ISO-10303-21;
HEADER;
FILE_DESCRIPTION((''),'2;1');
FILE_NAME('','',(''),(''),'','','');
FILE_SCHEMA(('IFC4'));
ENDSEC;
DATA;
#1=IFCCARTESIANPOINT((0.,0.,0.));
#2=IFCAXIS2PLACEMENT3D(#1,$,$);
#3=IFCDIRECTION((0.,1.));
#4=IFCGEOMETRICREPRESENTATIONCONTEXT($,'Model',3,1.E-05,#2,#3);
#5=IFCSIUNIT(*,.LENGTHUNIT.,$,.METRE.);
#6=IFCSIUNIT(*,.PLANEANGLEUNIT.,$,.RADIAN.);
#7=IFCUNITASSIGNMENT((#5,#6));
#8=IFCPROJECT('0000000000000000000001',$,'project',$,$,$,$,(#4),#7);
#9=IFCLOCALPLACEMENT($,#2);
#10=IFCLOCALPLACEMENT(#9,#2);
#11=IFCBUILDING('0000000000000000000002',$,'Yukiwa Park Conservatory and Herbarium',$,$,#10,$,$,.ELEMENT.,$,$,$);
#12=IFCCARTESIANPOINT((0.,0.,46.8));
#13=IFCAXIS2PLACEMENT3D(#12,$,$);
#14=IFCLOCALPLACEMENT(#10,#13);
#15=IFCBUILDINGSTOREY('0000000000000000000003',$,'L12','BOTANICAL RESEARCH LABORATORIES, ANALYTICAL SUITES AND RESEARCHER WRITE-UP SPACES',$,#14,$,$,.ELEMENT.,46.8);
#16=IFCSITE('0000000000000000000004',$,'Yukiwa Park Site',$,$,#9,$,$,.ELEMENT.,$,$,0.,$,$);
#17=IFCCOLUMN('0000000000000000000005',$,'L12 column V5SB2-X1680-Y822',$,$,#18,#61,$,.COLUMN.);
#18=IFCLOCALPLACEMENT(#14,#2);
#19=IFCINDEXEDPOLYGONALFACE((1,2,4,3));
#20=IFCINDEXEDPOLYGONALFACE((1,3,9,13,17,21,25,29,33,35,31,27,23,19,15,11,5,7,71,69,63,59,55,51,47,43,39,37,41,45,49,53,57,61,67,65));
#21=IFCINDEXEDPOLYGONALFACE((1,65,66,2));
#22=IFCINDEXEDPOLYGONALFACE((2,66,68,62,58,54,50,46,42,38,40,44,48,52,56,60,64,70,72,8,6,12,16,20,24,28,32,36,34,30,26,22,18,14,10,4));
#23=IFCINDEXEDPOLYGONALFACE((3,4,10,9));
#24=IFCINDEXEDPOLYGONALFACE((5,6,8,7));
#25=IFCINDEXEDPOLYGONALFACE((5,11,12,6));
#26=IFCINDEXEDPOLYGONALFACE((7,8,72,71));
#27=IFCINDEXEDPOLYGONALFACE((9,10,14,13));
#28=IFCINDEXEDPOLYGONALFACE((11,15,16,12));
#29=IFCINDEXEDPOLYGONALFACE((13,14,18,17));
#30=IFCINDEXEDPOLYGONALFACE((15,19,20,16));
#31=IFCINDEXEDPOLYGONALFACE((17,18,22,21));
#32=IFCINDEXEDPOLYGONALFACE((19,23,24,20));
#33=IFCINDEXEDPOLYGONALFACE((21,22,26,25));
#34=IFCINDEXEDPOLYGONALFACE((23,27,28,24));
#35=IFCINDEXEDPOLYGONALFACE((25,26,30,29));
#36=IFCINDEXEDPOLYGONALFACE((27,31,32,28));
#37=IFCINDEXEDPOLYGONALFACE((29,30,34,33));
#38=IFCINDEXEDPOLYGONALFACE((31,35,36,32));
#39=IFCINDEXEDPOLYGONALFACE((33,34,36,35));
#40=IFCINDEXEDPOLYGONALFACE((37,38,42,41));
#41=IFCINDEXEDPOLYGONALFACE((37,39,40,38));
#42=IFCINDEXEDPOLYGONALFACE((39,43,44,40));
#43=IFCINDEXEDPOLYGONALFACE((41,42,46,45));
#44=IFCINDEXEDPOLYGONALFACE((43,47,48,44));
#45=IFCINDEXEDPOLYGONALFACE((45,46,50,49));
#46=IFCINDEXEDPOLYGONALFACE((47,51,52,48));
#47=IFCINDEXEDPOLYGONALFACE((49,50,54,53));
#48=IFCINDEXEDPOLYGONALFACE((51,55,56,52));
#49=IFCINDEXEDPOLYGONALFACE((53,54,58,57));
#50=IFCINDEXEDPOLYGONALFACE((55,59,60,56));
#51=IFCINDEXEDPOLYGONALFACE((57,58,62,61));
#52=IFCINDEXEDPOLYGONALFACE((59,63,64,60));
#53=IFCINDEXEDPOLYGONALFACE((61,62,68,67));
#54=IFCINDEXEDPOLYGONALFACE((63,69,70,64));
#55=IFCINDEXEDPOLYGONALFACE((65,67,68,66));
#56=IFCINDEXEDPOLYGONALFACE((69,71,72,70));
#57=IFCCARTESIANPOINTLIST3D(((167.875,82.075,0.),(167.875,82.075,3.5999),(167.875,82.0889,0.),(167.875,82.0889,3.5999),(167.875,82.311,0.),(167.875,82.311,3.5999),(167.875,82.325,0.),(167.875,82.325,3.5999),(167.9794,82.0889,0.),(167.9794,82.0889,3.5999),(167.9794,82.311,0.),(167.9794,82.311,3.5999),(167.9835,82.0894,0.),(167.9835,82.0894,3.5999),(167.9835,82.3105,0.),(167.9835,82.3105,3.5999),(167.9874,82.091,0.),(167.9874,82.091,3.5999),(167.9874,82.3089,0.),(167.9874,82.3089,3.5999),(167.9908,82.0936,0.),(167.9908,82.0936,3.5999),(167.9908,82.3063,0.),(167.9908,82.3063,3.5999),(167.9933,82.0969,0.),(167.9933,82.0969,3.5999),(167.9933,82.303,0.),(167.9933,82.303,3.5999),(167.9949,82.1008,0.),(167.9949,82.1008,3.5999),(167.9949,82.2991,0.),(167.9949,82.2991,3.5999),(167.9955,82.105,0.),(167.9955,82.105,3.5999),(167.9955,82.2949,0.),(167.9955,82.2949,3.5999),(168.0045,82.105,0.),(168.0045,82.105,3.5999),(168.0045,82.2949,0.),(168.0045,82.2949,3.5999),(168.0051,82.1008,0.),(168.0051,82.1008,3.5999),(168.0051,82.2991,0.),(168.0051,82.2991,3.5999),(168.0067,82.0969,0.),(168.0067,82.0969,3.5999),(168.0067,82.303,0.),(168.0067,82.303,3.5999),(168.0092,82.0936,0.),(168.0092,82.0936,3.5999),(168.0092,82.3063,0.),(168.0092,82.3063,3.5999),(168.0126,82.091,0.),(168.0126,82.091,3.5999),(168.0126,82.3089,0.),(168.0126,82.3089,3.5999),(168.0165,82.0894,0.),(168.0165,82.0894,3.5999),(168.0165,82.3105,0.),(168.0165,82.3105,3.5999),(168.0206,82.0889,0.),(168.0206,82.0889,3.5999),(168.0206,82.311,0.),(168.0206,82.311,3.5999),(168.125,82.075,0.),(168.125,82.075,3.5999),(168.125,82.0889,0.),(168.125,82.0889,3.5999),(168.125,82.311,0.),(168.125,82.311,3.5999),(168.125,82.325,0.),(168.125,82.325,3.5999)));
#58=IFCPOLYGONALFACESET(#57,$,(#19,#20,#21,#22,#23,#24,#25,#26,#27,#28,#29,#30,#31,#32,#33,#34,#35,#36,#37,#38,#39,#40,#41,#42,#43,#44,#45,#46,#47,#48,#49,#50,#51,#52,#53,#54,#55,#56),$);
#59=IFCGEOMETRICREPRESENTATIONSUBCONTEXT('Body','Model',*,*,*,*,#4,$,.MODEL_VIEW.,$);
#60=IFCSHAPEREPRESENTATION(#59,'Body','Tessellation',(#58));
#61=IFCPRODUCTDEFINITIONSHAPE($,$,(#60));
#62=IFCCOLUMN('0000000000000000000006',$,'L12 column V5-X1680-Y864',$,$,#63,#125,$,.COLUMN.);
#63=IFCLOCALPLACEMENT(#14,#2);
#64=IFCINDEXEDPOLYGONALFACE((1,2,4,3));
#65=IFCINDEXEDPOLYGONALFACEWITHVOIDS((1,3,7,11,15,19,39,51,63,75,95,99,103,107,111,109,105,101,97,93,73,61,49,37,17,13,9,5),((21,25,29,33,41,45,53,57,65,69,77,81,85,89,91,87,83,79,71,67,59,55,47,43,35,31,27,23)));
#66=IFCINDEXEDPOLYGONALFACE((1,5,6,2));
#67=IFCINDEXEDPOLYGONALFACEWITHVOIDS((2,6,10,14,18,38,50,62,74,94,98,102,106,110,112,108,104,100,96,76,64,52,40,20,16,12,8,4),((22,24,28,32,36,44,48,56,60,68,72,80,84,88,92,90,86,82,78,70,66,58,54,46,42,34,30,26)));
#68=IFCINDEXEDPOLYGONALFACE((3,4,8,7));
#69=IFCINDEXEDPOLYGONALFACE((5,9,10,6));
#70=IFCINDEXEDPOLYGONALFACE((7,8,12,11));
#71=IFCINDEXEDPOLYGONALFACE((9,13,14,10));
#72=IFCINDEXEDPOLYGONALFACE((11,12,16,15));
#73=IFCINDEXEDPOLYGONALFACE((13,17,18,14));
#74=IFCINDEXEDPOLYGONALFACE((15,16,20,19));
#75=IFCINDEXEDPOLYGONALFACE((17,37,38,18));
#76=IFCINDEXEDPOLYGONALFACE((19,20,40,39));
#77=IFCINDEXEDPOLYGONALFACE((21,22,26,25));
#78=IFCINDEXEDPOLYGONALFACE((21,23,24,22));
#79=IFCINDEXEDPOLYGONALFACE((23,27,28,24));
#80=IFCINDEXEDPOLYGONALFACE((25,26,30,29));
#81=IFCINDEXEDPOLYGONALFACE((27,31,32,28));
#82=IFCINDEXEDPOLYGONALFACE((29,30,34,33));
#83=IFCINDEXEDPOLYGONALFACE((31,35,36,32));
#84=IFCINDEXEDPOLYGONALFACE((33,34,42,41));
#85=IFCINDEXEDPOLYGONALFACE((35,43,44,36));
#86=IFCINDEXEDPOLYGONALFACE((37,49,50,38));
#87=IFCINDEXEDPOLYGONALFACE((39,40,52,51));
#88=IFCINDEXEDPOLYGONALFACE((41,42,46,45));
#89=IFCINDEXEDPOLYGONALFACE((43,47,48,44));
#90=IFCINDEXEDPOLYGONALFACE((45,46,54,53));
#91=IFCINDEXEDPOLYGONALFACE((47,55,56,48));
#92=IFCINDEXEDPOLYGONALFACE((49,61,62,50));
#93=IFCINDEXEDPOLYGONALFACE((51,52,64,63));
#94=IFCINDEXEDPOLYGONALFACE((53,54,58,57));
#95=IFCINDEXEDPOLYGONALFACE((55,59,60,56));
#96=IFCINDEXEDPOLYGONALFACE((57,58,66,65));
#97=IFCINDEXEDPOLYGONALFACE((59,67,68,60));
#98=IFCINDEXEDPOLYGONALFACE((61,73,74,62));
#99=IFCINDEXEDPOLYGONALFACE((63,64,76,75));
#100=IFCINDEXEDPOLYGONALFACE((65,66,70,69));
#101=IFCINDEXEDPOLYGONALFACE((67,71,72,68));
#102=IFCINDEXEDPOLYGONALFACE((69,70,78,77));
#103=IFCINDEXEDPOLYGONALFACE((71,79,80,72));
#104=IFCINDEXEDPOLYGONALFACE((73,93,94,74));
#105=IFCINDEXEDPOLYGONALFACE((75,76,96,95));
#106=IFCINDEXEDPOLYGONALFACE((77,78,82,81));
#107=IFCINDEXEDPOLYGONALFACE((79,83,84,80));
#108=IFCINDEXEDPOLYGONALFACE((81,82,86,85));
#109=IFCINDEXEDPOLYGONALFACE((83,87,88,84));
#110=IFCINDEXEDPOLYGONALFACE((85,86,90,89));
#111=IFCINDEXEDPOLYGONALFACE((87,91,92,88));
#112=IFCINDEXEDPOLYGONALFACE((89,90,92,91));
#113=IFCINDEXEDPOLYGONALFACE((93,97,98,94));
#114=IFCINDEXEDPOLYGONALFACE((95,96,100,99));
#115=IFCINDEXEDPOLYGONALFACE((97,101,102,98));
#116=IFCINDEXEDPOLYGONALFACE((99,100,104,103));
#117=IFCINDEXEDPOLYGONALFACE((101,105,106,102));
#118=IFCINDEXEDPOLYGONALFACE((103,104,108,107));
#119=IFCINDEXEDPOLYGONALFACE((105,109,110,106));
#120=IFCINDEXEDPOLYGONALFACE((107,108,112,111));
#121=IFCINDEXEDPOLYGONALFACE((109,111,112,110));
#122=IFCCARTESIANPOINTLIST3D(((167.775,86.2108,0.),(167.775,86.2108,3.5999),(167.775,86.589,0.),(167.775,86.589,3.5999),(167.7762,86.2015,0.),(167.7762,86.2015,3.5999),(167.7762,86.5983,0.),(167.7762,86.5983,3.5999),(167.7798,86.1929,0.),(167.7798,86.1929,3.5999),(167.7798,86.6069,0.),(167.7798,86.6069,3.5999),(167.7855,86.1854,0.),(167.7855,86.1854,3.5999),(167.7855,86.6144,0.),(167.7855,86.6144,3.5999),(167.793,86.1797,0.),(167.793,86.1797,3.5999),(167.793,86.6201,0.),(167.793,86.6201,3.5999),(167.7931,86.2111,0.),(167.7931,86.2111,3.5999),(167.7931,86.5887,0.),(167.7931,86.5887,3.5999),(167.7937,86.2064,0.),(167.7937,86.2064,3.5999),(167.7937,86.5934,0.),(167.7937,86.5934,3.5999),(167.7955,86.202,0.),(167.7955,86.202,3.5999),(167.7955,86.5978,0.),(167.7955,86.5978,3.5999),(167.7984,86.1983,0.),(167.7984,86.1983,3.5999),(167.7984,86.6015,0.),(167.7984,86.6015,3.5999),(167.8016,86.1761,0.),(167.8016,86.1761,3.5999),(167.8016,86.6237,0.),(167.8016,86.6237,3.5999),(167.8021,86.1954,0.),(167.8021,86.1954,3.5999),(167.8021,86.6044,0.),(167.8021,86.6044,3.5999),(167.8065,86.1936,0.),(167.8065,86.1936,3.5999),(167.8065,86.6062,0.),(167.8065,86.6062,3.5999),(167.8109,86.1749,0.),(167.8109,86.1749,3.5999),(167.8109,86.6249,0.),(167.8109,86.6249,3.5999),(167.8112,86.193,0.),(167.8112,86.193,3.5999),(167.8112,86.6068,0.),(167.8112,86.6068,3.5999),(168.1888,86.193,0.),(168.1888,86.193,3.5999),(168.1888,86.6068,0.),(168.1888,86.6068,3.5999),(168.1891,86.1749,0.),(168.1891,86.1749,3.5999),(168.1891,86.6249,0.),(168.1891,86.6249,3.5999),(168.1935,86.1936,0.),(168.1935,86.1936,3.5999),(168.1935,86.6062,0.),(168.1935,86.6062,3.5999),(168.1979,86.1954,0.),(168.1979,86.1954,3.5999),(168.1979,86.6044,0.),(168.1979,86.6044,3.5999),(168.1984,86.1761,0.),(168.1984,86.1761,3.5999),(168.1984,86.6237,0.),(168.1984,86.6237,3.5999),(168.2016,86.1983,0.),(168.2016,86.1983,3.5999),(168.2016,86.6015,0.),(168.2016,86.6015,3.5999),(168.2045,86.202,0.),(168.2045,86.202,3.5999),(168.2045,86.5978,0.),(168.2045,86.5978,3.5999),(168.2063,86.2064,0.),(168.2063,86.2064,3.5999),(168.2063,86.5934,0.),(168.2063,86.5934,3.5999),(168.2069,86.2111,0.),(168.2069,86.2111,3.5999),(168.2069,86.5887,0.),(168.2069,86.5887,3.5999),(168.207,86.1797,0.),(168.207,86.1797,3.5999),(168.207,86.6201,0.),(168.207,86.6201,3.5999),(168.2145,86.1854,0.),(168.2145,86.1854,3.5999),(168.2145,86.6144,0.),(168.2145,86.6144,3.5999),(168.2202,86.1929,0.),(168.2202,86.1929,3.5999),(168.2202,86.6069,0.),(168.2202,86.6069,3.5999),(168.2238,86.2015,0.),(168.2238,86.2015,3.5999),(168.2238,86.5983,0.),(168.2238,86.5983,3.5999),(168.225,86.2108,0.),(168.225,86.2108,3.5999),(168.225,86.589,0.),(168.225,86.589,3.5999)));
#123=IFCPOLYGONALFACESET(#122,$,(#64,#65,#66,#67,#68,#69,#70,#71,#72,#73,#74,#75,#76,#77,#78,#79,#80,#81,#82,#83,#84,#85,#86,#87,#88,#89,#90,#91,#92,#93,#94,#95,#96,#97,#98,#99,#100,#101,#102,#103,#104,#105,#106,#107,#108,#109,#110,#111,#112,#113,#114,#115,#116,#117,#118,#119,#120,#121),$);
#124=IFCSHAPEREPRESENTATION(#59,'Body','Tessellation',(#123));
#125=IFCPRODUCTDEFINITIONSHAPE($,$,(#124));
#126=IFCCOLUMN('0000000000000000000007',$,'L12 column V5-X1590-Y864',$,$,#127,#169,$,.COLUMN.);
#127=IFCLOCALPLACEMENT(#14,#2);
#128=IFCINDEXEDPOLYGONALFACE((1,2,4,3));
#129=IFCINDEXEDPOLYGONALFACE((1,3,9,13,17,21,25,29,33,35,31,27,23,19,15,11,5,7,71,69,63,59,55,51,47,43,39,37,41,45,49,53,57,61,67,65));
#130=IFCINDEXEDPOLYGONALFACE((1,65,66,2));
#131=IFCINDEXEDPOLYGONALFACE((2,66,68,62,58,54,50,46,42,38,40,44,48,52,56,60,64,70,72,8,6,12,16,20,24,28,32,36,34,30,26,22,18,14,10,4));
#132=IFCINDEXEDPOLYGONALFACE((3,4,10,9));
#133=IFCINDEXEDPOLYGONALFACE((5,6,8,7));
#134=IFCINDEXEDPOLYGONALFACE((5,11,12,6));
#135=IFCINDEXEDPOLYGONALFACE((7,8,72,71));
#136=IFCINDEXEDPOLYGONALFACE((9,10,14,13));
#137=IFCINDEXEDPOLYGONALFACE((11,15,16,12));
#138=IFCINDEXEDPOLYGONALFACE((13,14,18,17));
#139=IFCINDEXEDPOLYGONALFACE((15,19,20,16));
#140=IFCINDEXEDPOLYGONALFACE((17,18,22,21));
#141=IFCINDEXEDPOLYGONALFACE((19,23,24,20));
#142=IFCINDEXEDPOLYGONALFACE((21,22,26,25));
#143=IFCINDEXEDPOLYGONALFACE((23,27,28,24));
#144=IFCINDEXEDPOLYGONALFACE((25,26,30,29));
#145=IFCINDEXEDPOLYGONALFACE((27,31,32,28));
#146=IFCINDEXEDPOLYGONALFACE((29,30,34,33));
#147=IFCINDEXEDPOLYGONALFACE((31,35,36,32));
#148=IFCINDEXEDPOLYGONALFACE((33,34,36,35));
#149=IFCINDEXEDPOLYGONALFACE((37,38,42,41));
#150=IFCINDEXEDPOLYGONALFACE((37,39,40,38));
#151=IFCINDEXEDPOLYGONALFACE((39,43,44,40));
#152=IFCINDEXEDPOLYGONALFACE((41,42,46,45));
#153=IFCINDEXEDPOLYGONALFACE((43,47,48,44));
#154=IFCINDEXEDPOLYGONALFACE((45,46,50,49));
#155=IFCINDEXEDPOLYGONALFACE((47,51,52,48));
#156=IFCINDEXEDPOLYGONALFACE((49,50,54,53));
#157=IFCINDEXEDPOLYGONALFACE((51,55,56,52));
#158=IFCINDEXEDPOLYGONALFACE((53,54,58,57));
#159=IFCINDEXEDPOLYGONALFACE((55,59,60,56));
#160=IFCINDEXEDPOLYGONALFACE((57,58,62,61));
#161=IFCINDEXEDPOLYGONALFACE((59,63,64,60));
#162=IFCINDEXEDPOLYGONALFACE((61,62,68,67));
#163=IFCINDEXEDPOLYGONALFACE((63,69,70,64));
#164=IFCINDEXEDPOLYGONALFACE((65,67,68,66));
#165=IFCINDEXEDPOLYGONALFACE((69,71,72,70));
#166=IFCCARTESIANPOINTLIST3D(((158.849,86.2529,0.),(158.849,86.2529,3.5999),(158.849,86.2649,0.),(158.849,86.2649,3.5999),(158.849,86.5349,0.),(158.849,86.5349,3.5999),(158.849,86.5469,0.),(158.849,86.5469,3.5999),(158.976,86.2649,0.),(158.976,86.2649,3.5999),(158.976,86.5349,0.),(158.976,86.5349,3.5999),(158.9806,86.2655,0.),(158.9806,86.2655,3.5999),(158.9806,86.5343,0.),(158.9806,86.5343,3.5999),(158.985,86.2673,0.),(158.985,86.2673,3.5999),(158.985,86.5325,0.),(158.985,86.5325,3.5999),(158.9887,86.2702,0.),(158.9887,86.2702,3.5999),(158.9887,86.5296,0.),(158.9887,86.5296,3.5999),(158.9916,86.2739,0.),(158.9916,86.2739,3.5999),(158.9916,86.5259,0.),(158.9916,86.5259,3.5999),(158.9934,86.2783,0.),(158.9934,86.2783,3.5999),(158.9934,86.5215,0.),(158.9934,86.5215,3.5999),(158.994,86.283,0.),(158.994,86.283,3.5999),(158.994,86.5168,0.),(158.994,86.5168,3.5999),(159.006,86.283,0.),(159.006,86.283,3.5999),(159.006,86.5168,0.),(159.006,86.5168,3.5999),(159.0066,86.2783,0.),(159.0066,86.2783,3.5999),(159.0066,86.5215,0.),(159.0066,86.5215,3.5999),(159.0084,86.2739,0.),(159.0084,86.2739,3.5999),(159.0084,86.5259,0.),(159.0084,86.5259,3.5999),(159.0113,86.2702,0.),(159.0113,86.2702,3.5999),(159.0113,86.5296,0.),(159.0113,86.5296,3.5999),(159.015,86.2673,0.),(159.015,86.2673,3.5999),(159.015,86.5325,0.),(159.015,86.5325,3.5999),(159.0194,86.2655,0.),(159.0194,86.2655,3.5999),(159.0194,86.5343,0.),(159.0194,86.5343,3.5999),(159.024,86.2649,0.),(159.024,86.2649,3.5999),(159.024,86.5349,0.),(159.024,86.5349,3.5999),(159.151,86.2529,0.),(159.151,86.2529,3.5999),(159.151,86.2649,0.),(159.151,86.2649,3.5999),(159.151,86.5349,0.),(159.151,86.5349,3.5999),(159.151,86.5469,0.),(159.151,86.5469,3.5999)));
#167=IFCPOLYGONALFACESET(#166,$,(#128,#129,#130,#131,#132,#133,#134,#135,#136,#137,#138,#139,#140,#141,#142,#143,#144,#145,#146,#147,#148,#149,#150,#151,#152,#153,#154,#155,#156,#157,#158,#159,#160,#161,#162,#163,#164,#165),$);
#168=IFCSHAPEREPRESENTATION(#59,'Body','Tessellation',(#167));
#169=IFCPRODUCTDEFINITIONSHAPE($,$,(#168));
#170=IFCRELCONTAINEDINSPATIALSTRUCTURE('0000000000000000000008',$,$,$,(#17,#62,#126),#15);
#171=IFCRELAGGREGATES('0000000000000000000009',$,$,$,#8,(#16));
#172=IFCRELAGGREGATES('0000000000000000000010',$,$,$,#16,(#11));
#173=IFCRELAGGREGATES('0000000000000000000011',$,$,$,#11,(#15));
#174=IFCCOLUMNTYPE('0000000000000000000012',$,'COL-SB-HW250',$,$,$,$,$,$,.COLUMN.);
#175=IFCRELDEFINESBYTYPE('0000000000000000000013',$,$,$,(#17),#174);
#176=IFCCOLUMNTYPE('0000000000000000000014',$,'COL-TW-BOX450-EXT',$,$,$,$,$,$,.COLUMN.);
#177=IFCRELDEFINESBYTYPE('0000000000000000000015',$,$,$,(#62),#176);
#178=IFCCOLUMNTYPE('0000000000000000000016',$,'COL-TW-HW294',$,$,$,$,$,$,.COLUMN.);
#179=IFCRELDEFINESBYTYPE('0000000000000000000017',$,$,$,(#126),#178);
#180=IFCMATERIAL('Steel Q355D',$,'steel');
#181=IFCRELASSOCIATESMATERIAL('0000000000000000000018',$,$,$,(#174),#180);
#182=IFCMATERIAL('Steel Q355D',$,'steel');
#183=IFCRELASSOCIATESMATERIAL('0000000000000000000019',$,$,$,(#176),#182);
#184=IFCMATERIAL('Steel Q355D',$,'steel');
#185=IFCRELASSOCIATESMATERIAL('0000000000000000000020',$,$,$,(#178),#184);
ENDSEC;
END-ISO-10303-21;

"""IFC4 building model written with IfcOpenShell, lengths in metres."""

from ifc_helpers import new_model, si_unit, direction, frame, origin, origin_2d, place, context, subcontext, project, spatial, hollow_rectangle, i_section, extrude, material, material_profile, profile_set, type_object, element, save


model = new_model("IFC4")

# Units and contexts
model_context = context("Model", 3, precision=1e-05, world=origin(), true_north=direction((0.0, 1.0)))
body_context = subcontext(model_context, "Body", "Model", "MODEL_VIEW")
ifc_project = project(units=[si_unit("LENGTHUNIT", "METRE"), si_unit("PLANEANGLEUNIT", "RADIAN")], contexts=[model_context])

# Site, building, storey
site_placement = place(None, origin())
site = spatial("IfcSite", under=ifc_project, at=site_placement, Name="Yukiwa Park Site", CompositionType="ELEMENT", RefElevation=0.0)
building_placement = place(site_placement, origin())
building = spatial("IfcBuilding", under=site, at=building_placement, Name="Yukiwa Park Conservatory and Herbarium", CompositionType="ELEMENT")
storey_placement = place(building_placement, frame((0.0, 0.0, 46.8)))
storey = spatial("IfcBuildingStorey", under=building, at=storey_placement, Name="L12", Description="BOTANICAL RESEARCH LABORATORIES, ANALYTICAL SUITES AND RESEARCHER WRITE-UP SPACES", CompositionType="ELEMENT", Elevation=46.8)

# Columns
ifc_material_1 = material(Name="Steel Q355D", Category="steel")
ifc_material_profile_1 = material_profile(ifc_material_1, i_section(OverallWidth=0.25, OverallDepth=0.25, WebThickness=0.009, FlangeThickness=0.0139, FilletRadius=0.0161, at=origin_2d()), Name="HW 250x250x9x14")
ifc_profile_set_1 = profile_set([ifc_material_profile_1], Name="Steel Q355D")
column_type_1 = type_object("IfcColumnType", Name="COL-SB-HW250", PredefinedType="COLUMN", material=ifc_profile_set_1)
column_1_placement = place(storey_placement, frame((168.0, 82.2, 0.0), z_axis=(0.0, 0.0, 1.0), x_axis=(1.0, 0.0, 0.0)))
element("IfcColumn", 1, at=column_1_placement, inside=storey, type_object=column_type_1, Name="L12 column V5SB2-X1680-Y822", PredefinedType="COLUMN", context=body_context, shape_type="SweptSolid", body=[
    extrude(i_section(OverallWidth=0.25, OverallDepth=0.25, WebThickness=0.009, FlangeThickness=0.0139, FilletRadius=0.0161, at=origin_2d()), origin(), (0.0, 0.0, 1.0), 3.5999),
])
ifc_material_2 = material(Name="Steel Q355D", Category="steel")
ifc_material_profile_2 = material_profile(ifc_material_2, hollow_rectangle(XDim=0.45, YDim=0.45, WallThickness=0.0181, InnerFilletRadius=0.0181, OuterFilletRadius=0.0359, at=origin_2d()), Name="BOX 450x450x18")
ifc_profile_set_2 = profile_set([ifc_material_profile_2], Name="Steel Q355D")
column_type_2 = type_object("IfcColumnType", Name="COL-TW-BOX450-EXT", PredefinedType="COLUMN", material=ifc_profile_set_2)
column_2_placement = place(storey_placement, frame((168.0, 86.3999, 0.0), z_axis=(0.0, 0.0, 1.0), x_axis=(1.0, 0.0, 0.0)))
element("IfcColumn", 2, at=column_2_placement, inside=storey, type_object=column_type_2, Name="L12 column V5-X1680-Y864", PredefinedType="COLUMN", context=body_context, shape_type="SweptSolid", body=[
    extrude(hollow_rectangle(XDim=0.45, YDim=0.45, WallThickness=0.0181, InnerFilletRadius=0.0181, OuterFilletRadius=0.0359, at=origin_2d()), origin(), (0.0, 0.0, 1.0), 3.5999),
])
ifc_material_3 = material(Name="Steel Q355D", Category="steel")
ifc_material_profile_3 = material_profile(ifc_material_3, i_section(OverallWidth=0.302, OverallDepth=0.2939, WebThickness=0.012, FlangeThickness=0.012, FilletRadius=0.0181, at=origin_2d()), Name="HW 294x302x12x12")
ifc_profile_set_3 = profile_set([ifc_material_profile_3], Name="Steel Q355D")
column_type_3 = type_object("IfcColumnType", Name="COL-TW-HW294", PredefinedType="COLUMN", material=ifc_profile_set_3)
column_3_placement = place(storey_placement, frame((159.0, 86.3999, 0.0), z_axis=(0.0, 0.0, 1.0), x_axis=(1.0, 0.0, 0.0)))
element("IfcColumn", 3, at=column_3_placement, inside=storey, type_object=column_type_3, Name="L12 column V5-X1590-Y864", PredefinedType="COLUMN", context=body_context, shape_type="SweptSolid", body=[
    extrude(i_section(OverallWidth=0.302, OverallDepth=0.2939, WebThickness=0.012, FlangeThickness=0.012, FilletRadius=0.0181, at=origin_2d()), origin(), (0.0, 0.0, 1.0), 3.5999),
])

save(model, "model.ifc")
